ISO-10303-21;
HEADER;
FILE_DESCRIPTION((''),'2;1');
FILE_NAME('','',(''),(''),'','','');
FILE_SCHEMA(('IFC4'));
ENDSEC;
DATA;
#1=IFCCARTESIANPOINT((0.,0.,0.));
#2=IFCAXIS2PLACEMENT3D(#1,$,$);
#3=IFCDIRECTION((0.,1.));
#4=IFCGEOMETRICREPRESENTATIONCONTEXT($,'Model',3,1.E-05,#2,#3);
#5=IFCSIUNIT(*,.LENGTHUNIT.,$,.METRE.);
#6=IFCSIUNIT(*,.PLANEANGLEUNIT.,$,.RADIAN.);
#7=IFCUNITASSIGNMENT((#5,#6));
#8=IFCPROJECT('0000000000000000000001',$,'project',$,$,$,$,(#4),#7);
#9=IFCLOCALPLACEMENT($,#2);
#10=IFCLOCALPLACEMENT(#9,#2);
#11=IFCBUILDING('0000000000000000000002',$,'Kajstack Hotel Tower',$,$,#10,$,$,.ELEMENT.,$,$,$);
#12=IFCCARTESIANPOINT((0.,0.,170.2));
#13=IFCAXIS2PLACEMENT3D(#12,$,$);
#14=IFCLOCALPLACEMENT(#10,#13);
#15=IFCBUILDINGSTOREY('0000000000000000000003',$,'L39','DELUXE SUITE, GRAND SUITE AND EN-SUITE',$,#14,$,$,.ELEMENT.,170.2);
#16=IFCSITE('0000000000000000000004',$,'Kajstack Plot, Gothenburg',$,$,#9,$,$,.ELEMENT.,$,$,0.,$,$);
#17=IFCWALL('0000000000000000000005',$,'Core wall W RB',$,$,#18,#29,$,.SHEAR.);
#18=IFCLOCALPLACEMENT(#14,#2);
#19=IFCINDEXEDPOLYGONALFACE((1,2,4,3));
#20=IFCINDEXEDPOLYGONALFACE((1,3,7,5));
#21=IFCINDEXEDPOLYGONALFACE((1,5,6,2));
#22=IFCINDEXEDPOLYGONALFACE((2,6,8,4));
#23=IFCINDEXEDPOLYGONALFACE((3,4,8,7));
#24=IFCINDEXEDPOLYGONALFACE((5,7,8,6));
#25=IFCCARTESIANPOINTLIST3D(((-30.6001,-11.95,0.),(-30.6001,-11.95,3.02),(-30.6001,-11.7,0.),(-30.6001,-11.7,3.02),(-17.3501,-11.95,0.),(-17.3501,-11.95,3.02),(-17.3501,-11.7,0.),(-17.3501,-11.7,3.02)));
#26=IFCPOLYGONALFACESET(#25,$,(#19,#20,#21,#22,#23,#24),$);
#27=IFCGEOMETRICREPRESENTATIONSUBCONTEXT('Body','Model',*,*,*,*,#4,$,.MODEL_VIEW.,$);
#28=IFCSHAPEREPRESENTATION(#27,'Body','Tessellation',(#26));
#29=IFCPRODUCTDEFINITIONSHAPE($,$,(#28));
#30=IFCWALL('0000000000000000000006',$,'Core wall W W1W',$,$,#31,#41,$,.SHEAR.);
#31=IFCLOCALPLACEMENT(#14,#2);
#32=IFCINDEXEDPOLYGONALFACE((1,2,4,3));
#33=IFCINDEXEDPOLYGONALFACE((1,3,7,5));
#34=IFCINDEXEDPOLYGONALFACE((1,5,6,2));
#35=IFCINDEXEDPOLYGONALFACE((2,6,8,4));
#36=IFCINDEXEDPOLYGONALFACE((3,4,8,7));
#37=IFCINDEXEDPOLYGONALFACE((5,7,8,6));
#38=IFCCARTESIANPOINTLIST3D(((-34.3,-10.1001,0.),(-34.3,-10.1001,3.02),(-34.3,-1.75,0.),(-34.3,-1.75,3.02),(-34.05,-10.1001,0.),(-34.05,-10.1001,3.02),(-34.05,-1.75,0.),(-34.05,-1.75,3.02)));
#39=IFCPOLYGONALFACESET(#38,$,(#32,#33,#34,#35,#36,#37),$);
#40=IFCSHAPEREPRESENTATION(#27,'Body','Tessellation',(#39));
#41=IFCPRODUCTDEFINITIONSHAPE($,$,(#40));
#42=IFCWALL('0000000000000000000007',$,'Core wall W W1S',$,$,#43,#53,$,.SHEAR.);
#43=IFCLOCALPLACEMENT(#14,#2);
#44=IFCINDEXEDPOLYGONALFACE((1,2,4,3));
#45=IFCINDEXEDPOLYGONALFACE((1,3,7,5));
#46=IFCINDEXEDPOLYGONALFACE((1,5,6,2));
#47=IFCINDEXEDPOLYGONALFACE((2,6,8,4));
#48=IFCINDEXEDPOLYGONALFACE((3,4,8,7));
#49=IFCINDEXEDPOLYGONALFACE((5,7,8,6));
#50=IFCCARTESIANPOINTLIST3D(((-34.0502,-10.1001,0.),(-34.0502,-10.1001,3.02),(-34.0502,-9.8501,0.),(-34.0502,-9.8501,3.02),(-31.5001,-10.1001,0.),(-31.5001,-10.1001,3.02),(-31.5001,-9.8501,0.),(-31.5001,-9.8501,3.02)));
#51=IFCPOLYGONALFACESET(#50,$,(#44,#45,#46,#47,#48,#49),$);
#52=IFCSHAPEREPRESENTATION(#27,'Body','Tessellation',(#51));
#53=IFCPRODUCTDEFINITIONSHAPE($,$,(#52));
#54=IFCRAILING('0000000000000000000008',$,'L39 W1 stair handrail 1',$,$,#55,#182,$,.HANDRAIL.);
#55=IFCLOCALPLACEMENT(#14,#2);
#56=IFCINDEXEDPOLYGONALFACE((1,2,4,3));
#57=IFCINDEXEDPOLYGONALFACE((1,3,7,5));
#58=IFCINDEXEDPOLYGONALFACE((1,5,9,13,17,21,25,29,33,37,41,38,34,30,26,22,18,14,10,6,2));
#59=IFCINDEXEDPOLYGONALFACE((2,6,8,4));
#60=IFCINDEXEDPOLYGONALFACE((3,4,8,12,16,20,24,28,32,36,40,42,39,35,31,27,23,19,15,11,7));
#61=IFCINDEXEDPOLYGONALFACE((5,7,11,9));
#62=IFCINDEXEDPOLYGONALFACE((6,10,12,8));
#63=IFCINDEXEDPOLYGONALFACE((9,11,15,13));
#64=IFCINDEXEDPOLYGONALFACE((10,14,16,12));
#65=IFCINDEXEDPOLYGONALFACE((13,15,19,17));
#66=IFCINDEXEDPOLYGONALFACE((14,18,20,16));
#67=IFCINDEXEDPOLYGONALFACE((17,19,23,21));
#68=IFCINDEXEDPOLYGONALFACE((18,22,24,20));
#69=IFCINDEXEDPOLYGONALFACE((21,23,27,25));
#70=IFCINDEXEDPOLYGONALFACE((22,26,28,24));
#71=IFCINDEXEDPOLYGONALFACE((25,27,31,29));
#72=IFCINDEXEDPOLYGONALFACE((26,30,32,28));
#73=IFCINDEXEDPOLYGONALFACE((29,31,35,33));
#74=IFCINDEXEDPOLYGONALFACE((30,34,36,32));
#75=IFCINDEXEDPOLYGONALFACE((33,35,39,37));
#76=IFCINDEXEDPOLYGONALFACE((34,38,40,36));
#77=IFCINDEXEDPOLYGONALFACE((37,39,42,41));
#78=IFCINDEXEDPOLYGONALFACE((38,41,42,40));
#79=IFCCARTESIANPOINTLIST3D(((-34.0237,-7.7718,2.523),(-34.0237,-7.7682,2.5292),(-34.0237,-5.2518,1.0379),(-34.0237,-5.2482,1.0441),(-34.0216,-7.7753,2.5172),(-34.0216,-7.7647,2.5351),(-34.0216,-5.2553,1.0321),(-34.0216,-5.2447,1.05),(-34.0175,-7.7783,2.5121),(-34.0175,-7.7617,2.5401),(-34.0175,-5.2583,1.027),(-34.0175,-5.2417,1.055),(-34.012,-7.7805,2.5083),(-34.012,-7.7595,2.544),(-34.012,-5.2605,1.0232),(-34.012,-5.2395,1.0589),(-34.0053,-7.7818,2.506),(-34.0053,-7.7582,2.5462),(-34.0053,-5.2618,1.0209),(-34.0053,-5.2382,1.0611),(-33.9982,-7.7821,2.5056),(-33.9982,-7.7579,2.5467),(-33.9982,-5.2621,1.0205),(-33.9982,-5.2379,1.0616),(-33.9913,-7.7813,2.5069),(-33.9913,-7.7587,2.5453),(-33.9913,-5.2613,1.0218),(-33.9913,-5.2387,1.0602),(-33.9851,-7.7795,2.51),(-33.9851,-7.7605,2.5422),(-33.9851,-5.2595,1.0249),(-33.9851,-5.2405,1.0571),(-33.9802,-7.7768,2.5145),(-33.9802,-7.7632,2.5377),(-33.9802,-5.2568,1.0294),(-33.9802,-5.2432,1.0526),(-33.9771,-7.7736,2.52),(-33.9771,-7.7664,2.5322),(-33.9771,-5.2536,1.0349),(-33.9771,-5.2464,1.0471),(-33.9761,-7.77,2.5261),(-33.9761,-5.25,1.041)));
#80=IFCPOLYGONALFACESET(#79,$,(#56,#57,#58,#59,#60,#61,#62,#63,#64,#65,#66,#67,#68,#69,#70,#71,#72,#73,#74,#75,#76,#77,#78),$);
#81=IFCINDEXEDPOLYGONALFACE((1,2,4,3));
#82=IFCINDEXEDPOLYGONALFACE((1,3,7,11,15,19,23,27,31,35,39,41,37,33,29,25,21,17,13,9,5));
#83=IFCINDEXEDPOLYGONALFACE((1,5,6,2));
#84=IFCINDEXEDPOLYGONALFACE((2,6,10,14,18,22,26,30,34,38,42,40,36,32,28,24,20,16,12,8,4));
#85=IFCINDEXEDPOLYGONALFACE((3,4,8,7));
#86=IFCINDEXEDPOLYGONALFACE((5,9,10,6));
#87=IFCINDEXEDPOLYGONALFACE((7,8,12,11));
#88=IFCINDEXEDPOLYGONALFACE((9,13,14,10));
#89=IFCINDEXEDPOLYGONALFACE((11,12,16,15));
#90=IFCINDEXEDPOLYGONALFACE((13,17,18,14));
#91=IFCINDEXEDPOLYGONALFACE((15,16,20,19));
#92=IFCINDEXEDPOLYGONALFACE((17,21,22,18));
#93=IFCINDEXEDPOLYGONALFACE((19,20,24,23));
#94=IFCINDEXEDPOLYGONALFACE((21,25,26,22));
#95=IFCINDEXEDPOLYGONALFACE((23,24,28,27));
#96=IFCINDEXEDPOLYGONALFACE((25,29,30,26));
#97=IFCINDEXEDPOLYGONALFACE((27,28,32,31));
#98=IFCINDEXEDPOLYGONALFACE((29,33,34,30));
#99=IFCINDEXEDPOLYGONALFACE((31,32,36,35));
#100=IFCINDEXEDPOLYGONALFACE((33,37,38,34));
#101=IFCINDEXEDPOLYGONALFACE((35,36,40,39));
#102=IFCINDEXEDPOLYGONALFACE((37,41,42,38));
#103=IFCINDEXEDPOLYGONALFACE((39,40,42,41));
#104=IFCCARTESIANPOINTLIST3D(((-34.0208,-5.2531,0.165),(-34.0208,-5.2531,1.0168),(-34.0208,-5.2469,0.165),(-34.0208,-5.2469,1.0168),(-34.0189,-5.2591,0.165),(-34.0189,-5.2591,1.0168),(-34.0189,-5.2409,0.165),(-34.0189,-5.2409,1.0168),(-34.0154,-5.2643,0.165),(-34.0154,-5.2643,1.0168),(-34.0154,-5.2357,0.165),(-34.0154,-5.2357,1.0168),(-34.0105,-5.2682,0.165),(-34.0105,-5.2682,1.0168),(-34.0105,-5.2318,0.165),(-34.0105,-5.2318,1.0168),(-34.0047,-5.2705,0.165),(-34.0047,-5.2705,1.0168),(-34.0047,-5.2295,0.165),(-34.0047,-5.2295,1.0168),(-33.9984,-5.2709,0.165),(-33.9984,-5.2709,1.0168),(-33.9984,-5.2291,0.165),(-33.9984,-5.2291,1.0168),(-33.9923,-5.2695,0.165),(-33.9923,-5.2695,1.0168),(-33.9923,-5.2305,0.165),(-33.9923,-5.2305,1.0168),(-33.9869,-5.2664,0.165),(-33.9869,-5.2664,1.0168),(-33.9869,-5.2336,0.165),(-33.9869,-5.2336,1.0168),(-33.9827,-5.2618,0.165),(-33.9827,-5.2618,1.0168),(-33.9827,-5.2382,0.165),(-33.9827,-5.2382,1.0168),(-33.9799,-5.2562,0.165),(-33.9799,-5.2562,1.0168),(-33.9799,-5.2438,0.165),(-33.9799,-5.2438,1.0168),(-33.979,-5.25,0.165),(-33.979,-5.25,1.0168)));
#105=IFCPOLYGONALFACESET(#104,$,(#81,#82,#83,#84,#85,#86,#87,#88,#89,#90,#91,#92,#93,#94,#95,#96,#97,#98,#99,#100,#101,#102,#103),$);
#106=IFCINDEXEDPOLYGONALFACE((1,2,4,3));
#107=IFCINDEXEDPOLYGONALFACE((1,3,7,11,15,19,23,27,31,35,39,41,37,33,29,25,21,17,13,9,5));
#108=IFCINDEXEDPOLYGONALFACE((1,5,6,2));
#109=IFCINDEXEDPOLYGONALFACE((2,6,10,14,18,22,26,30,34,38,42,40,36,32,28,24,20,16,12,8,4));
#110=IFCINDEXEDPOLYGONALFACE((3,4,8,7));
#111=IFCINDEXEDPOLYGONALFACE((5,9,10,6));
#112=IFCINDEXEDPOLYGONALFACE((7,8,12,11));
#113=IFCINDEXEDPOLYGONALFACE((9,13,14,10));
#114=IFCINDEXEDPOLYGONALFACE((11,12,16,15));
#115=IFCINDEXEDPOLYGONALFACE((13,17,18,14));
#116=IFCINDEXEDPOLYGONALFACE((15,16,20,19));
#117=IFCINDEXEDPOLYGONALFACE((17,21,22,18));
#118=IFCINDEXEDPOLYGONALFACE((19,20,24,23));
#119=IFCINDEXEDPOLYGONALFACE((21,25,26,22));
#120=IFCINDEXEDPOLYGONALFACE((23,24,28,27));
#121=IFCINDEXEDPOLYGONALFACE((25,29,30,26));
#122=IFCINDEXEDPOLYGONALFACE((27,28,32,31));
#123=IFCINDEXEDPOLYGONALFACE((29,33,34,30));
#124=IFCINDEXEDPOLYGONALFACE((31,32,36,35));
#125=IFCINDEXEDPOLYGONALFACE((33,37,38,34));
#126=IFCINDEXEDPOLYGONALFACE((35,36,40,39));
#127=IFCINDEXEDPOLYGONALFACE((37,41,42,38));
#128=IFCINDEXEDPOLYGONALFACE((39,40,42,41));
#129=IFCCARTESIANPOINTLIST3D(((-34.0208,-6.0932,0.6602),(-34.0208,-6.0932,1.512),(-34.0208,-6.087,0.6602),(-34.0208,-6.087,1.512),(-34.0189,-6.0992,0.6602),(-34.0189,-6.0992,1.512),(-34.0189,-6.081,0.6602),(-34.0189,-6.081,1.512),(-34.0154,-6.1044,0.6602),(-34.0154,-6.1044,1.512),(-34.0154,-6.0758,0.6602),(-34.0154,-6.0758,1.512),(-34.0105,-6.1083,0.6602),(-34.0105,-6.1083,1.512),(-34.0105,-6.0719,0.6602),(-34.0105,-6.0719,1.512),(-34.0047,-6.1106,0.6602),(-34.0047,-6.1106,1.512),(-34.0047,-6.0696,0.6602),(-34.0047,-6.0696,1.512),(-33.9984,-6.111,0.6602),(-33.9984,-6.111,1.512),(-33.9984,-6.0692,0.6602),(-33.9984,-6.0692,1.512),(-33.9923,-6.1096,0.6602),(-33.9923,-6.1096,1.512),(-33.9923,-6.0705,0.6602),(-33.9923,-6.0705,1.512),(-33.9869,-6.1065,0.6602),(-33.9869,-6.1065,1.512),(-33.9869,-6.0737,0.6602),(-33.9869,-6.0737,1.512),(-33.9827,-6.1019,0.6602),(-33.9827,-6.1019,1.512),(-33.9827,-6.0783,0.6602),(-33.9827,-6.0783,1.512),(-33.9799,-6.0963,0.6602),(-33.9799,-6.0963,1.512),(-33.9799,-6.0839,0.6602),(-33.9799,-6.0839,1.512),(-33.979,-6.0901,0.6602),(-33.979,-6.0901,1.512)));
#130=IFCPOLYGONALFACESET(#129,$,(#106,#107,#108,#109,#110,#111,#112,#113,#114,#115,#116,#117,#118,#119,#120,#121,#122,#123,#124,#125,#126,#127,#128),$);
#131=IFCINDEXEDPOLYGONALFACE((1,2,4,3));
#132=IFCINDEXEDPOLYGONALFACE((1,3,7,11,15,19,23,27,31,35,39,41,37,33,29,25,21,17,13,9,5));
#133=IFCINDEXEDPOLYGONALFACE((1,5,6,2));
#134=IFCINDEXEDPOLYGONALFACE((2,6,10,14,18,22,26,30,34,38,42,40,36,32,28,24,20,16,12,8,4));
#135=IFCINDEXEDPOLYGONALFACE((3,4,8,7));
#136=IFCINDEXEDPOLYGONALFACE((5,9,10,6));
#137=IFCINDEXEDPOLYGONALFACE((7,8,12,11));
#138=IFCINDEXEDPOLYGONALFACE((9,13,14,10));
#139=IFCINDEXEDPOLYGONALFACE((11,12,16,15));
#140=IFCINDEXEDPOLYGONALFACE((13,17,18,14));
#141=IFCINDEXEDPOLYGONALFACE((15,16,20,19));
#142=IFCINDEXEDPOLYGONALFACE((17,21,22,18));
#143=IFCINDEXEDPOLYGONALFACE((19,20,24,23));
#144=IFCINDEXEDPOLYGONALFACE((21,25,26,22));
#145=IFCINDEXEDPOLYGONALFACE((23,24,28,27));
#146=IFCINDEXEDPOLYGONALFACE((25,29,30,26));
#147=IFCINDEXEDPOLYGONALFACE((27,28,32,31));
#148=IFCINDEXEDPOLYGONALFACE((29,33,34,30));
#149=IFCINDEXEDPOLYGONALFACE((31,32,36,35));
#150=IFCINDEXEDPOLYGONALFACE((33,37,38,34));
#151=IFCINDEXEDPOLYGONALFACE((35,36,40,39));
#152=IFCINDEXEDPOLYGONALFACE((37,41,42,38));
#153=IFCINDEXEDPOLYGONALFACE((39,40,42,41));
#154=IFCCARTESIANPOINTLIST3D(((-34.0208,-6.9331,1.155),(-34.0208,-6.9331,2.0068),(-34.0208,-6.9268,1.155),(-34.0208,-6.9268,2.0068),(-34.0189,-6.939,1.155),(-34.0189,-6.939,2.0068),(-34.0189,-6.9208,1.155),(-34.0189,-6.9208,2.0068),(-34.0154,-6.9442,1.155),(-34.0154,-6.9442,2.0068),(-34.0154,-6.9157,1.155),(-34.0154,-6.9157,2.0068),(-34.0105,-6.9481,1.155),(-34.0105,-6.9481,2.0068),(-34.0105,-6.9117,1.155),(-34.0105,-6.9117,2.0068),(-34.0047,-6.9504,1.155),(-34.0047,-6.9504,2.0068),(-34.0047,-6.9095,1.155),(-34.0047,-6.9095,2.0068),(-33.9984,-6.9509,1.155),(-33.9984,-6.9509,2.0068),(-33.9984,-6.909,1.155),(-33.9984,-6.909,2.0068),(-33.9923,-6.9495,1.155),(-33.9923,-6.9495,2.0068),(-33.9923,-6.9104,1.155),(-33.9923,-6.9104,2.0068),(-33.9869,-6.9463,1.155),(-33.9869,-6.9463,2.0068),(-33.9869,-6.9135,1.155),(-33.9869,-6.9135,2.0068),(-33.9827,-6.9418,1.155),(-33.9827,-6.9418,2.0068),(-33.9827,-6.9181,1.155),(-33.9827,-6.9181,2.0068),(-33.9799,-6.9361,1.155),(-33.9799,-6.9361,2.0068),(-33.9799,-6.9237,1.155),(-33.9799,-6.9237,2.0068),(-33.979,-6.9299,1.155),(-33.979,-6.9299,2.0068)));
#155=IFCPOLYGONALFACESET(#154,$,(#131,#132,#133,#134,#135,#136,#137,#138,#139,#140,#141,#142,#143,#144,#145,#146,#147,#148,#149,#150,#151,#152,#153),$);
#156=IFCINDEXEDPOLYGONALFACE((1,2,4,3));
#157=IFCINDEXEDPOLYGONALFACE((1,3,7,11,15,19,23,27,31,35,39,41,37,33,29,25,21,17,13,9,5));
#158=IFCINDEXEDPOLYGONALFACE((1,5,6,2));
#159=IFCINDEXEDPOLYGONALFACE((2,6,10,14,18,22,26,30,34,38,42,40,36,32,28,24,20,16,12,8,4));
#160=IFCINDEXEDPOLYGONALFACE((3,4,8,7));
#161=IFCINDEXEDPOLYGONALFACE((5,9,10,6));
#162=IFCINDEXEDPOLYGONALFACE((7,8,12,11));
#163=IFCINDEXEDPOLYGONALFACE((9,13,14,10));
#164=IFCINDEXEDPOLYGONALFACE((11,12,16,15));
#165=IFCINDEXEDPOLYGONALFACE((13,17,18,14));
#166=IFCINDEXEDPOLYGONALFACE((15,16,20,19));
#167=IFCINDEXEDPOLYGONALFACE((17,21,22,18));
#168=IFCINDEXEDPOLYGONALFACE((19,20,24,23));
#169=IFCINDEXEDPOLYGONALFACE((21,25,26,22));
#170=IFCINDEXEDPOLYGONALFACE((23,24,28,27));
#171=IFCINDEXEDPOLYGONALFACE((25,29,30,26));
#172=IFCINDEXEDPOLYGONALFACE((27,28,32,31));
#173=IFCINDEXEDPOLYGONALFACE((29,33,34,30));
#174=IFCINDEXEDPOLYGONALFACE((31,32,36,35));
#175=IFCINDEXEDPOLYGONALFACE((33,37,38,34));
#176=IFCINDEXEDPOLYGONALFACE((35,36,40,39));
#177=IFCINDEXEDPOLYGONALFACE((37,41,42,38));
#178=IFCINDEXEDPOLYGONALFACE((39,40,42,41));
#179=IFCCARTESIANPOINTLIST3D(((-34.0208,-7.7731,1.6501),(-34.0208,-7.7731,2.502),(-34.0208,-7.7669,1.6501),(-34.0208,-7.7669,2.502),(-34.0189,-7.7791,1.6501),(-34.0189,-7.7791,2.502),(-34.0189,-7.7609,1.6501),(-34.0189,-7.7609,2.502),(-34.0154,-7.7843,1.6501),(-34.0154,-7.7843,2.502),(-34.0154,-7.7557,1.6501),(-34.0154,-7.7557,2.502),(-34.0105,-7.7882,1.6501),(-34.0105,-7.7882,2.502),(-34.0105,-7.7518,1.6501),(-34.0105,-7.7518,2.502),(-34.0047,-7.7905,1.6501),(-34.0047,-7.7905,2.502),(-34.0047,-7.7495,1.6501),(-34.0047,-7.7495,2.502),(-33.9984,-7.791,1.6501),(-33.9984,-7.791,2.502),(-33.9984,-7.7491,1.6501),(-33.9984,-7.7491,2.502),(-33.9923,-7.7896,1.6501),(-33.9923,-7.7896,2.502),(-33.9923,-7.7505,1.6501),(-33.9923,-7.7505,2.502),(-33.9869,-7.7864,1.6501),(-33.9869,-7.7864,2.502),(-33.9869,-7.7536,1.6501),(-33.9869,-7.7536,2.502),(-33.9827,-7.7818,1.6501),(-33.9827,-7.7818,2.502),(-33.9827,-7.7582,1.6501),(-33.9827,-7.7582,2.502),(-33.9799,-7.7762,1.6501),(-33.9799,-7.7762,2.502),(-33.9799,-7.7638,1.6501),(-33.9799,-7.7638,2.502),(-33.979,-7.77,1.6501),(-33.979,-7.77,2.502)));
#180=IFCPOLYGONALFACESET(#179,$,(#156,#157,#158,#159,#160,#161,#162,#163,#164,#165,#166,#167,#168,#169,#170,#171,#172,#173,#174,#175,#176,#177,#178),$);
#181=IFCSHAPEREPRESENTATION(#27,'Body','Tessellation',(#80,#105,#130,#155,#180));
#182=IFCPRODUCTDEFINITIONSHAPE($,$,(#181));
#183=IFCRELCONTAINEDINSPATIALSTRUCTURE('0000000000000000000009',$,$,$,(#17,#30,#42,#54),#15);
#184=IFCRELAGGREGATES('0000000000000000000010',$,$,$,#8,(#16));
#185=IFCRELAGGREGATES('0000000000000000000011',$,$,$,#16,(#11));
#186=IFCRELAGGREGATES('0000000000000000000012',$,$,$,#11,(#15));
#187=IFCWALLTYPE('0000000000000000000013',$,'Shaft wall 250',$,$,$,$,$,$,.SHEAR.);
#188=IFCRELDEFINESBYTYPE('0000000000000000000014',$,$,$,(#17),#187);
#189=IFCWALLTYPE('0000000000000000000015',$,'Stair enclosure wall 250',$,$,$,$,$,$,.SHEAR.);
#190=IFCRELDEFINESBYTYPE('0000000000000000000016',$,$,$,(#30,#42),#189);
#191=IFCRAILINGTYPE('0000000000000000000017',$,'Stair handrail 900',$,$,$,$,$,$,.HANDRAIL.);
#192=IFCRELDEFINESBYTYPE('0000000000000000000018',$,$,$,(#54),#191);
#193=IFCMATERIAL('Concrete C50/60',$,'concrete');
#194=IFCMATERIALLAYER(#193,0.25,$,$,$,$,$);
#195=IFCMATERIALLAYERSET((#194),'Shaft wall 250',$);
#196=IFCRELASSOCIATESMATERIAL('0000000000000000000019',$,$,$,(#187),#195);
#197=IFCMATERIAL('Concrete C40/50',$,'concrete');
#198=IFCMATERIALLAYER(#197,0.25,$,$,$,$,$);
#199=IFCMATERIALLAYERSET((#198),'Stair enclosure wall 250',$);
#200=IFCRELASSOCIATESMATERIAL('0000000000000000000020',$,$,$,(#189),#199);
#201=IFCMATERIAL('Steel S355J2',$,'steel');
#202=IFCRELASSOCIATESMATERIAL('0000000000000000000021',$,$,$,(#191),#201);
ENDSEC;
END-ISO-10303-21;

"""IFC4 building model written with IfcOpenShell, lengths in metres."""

from ifc_helpers import new_model, si_unit, direction, frame, frame_2d, origin, origin_2d, place, context, subcontext, project, spatial, rectangle, circle, extrude, material, layer, layer_set, type_object, element, save


model = new_model("IFC4")

# Units and contexts
model_context = context("Model", 3, precision=1e-05, world=origin(), true_north=direction((0.0, 1.0)))
body_context = subcontext(model_context, "Body", "Model", "MODEL_VIEW")
ifc_project = project(units=[si_unit("LENGTHUNIT", "METRE"), si_unit("PLANEANGLEUNIT", "RADIAN")], contexts=[model_context])

# Site, building, storey
site_placement = place(None, origin())
site = spatial("IfcSite", under=ifc_project, at=site_placement, Name="Kajstack Plot, Gothenburg", CompositionType="ELEMENT", RefElevation=0.0)
building_placement = place(site_placement, origin())
building = spatial("IfcBuilding", under=site, at=building_placement, Name="Kajstack Hotel Tower", CompositionType="ELEMENT")
storey_placement = place(building_placement, frame((0.0, 0.0, 170.2)))
storey = spatial("IfcBuildingStorey", under=building, at=storey_placement, Name="L39", Description="DELUXE SUITE, GRAND SUITE AND EN-SUITE", CompositionType="ELEMENT", Elevation=170.2)

# Shared definitions
ifc_material_1 = material(Name="Concrete C50/60", Category="concrete")
ifc_layer_1 = layer(ifc_material_1, 0.25)
ifc_layer_set_1 = layer_set([ifc_layer_1], Name="Shaft wall 250")
wall_type_1 = type_object("IfcWallType", Name="Shaft wall 250", PredefinedType="SHEAR", material=ifc_layer_set_1)

# Walls
wall_1_placement = place(storey_placement, frame((-30.6001, -11.825, 0.0), z_axis=(0.0, 0.0, 1.0), x_axis=(1.0, 0.0, 0.0)))
element("IfcWall", 1, at=wall_1_placement, inside=storey, type_object=wall_type_1, Name="Core wall W RB", PredefinedType="SHEAR", context=body_context, shape_type="SweptSolid", body=[
    extrude(rectangle(XDim=13.25, YDim=0.25, at=frame_2d((6.625, 0.0))), origin(), (0.0, 0.0, 1.0), 3.02),
])
ifc_material_2 = material(Name="Concrete C40/50", Category="concrete")
ifc_layer_2 = layer(ifc_material_2, 0.25)
ifc_layer_set_2 = layer_set([ifc_layer_2], Name="Stair enclosure wall 250")
wall_type_2 = type_object("IfcWallType", Name="Stair enclosure wall 250", PredefinedType="SHEAR", material=ifc_layer_set_2)
wall_2_placement = place(storey_placement, frame((-34.175, -10.1001, 0.0), z_axis=(0.0, 0.0, 1.0), x_axis=(0.0, 1.0, 0.0)))
element("IfcWall", 2, at=wall_2_placement, inside=storey, type_object=wall_type_2, Name="Core wall W W1W", PredefinedType="SHEAR", context=body_context, shape_type="SweptSolid", body=[
    extrude(rectangle(XDim=8.3501, YDim=0.25, at=frame_2d((4.175, 0.0))), origin(), (0.0, 0.0, 1.0), 3.02),
])
wall_3_placement = place(storey_placement, frame((-34.05, -9.9751, 0.0), z_axis=(0.0, 0.0, 1.0), x_axis=(1.0, 0.0, 0.0)))
element("IfcWall", 3, at=wall_3_placement, inside=storey, type_object=wall_type_2, Name="Core wall W W1S", PredefinedType="SHEAR", context=body_context, shape_type="SweptSolid", body=[
    extrude(rectangle(XDim=2.55, YDim=0.25, at=frame_2d((1.2749, 0.0))), origin(), (0.0, 0.0, 1.0), 3.02),
])

# Railing
ifc_material_3 = material(Name="Steel S355J2", Category="steel")
railing_type_1 = type_object("IfcRailingType", Name="Stair handrail 900", PredefinedType="HANDRAIL", material=ifc_material_3)
railing_1_placement = place(storey_placement, frame((-34.0, -5.25, 0.165)))
element("IfcRailing", 4, at=railing_1_placement, inside=storey, type_object=railing_type_1, Name="L39 W1 stair handrail 1", PredefinedType="HANDRAIL", context=body_context, shape_type="SweptSolid", body=[
    extrude(circle(Radius=0.0239, at=origin_2d()), frame((0.0, 0.0, 0.876), z_axis=(0.0, -0.861524, 0.507717), x_axis=(1.0, 0.0, 0.0)), (0.0, 0.0, 1.0), 2.925),
    extrude(circle(Radius=0.021, at=origin_2d()), origin(), (0.0, 0.0, 1.0), 0.8518),
    extrude(circle(Radius=0.021, at=origin_2d()), frame((0.0, -0.8401, 0.4951)), (0.0, 0.0, 1.0), 0.8518),
    extrude(circle(Radius=0.021, at=origin_2d()), frame((0.0, -1.6799, 0.99)), (0.0, 0.0, 1.0), 0.8518),
    extrude(circle(Radius=0.021, at=origin_2d()), frame((0.0, -2.52, 1.4851)), (0.0, 0.0, 1.0), 0.8518),
])

save(model, "model.ifc")
